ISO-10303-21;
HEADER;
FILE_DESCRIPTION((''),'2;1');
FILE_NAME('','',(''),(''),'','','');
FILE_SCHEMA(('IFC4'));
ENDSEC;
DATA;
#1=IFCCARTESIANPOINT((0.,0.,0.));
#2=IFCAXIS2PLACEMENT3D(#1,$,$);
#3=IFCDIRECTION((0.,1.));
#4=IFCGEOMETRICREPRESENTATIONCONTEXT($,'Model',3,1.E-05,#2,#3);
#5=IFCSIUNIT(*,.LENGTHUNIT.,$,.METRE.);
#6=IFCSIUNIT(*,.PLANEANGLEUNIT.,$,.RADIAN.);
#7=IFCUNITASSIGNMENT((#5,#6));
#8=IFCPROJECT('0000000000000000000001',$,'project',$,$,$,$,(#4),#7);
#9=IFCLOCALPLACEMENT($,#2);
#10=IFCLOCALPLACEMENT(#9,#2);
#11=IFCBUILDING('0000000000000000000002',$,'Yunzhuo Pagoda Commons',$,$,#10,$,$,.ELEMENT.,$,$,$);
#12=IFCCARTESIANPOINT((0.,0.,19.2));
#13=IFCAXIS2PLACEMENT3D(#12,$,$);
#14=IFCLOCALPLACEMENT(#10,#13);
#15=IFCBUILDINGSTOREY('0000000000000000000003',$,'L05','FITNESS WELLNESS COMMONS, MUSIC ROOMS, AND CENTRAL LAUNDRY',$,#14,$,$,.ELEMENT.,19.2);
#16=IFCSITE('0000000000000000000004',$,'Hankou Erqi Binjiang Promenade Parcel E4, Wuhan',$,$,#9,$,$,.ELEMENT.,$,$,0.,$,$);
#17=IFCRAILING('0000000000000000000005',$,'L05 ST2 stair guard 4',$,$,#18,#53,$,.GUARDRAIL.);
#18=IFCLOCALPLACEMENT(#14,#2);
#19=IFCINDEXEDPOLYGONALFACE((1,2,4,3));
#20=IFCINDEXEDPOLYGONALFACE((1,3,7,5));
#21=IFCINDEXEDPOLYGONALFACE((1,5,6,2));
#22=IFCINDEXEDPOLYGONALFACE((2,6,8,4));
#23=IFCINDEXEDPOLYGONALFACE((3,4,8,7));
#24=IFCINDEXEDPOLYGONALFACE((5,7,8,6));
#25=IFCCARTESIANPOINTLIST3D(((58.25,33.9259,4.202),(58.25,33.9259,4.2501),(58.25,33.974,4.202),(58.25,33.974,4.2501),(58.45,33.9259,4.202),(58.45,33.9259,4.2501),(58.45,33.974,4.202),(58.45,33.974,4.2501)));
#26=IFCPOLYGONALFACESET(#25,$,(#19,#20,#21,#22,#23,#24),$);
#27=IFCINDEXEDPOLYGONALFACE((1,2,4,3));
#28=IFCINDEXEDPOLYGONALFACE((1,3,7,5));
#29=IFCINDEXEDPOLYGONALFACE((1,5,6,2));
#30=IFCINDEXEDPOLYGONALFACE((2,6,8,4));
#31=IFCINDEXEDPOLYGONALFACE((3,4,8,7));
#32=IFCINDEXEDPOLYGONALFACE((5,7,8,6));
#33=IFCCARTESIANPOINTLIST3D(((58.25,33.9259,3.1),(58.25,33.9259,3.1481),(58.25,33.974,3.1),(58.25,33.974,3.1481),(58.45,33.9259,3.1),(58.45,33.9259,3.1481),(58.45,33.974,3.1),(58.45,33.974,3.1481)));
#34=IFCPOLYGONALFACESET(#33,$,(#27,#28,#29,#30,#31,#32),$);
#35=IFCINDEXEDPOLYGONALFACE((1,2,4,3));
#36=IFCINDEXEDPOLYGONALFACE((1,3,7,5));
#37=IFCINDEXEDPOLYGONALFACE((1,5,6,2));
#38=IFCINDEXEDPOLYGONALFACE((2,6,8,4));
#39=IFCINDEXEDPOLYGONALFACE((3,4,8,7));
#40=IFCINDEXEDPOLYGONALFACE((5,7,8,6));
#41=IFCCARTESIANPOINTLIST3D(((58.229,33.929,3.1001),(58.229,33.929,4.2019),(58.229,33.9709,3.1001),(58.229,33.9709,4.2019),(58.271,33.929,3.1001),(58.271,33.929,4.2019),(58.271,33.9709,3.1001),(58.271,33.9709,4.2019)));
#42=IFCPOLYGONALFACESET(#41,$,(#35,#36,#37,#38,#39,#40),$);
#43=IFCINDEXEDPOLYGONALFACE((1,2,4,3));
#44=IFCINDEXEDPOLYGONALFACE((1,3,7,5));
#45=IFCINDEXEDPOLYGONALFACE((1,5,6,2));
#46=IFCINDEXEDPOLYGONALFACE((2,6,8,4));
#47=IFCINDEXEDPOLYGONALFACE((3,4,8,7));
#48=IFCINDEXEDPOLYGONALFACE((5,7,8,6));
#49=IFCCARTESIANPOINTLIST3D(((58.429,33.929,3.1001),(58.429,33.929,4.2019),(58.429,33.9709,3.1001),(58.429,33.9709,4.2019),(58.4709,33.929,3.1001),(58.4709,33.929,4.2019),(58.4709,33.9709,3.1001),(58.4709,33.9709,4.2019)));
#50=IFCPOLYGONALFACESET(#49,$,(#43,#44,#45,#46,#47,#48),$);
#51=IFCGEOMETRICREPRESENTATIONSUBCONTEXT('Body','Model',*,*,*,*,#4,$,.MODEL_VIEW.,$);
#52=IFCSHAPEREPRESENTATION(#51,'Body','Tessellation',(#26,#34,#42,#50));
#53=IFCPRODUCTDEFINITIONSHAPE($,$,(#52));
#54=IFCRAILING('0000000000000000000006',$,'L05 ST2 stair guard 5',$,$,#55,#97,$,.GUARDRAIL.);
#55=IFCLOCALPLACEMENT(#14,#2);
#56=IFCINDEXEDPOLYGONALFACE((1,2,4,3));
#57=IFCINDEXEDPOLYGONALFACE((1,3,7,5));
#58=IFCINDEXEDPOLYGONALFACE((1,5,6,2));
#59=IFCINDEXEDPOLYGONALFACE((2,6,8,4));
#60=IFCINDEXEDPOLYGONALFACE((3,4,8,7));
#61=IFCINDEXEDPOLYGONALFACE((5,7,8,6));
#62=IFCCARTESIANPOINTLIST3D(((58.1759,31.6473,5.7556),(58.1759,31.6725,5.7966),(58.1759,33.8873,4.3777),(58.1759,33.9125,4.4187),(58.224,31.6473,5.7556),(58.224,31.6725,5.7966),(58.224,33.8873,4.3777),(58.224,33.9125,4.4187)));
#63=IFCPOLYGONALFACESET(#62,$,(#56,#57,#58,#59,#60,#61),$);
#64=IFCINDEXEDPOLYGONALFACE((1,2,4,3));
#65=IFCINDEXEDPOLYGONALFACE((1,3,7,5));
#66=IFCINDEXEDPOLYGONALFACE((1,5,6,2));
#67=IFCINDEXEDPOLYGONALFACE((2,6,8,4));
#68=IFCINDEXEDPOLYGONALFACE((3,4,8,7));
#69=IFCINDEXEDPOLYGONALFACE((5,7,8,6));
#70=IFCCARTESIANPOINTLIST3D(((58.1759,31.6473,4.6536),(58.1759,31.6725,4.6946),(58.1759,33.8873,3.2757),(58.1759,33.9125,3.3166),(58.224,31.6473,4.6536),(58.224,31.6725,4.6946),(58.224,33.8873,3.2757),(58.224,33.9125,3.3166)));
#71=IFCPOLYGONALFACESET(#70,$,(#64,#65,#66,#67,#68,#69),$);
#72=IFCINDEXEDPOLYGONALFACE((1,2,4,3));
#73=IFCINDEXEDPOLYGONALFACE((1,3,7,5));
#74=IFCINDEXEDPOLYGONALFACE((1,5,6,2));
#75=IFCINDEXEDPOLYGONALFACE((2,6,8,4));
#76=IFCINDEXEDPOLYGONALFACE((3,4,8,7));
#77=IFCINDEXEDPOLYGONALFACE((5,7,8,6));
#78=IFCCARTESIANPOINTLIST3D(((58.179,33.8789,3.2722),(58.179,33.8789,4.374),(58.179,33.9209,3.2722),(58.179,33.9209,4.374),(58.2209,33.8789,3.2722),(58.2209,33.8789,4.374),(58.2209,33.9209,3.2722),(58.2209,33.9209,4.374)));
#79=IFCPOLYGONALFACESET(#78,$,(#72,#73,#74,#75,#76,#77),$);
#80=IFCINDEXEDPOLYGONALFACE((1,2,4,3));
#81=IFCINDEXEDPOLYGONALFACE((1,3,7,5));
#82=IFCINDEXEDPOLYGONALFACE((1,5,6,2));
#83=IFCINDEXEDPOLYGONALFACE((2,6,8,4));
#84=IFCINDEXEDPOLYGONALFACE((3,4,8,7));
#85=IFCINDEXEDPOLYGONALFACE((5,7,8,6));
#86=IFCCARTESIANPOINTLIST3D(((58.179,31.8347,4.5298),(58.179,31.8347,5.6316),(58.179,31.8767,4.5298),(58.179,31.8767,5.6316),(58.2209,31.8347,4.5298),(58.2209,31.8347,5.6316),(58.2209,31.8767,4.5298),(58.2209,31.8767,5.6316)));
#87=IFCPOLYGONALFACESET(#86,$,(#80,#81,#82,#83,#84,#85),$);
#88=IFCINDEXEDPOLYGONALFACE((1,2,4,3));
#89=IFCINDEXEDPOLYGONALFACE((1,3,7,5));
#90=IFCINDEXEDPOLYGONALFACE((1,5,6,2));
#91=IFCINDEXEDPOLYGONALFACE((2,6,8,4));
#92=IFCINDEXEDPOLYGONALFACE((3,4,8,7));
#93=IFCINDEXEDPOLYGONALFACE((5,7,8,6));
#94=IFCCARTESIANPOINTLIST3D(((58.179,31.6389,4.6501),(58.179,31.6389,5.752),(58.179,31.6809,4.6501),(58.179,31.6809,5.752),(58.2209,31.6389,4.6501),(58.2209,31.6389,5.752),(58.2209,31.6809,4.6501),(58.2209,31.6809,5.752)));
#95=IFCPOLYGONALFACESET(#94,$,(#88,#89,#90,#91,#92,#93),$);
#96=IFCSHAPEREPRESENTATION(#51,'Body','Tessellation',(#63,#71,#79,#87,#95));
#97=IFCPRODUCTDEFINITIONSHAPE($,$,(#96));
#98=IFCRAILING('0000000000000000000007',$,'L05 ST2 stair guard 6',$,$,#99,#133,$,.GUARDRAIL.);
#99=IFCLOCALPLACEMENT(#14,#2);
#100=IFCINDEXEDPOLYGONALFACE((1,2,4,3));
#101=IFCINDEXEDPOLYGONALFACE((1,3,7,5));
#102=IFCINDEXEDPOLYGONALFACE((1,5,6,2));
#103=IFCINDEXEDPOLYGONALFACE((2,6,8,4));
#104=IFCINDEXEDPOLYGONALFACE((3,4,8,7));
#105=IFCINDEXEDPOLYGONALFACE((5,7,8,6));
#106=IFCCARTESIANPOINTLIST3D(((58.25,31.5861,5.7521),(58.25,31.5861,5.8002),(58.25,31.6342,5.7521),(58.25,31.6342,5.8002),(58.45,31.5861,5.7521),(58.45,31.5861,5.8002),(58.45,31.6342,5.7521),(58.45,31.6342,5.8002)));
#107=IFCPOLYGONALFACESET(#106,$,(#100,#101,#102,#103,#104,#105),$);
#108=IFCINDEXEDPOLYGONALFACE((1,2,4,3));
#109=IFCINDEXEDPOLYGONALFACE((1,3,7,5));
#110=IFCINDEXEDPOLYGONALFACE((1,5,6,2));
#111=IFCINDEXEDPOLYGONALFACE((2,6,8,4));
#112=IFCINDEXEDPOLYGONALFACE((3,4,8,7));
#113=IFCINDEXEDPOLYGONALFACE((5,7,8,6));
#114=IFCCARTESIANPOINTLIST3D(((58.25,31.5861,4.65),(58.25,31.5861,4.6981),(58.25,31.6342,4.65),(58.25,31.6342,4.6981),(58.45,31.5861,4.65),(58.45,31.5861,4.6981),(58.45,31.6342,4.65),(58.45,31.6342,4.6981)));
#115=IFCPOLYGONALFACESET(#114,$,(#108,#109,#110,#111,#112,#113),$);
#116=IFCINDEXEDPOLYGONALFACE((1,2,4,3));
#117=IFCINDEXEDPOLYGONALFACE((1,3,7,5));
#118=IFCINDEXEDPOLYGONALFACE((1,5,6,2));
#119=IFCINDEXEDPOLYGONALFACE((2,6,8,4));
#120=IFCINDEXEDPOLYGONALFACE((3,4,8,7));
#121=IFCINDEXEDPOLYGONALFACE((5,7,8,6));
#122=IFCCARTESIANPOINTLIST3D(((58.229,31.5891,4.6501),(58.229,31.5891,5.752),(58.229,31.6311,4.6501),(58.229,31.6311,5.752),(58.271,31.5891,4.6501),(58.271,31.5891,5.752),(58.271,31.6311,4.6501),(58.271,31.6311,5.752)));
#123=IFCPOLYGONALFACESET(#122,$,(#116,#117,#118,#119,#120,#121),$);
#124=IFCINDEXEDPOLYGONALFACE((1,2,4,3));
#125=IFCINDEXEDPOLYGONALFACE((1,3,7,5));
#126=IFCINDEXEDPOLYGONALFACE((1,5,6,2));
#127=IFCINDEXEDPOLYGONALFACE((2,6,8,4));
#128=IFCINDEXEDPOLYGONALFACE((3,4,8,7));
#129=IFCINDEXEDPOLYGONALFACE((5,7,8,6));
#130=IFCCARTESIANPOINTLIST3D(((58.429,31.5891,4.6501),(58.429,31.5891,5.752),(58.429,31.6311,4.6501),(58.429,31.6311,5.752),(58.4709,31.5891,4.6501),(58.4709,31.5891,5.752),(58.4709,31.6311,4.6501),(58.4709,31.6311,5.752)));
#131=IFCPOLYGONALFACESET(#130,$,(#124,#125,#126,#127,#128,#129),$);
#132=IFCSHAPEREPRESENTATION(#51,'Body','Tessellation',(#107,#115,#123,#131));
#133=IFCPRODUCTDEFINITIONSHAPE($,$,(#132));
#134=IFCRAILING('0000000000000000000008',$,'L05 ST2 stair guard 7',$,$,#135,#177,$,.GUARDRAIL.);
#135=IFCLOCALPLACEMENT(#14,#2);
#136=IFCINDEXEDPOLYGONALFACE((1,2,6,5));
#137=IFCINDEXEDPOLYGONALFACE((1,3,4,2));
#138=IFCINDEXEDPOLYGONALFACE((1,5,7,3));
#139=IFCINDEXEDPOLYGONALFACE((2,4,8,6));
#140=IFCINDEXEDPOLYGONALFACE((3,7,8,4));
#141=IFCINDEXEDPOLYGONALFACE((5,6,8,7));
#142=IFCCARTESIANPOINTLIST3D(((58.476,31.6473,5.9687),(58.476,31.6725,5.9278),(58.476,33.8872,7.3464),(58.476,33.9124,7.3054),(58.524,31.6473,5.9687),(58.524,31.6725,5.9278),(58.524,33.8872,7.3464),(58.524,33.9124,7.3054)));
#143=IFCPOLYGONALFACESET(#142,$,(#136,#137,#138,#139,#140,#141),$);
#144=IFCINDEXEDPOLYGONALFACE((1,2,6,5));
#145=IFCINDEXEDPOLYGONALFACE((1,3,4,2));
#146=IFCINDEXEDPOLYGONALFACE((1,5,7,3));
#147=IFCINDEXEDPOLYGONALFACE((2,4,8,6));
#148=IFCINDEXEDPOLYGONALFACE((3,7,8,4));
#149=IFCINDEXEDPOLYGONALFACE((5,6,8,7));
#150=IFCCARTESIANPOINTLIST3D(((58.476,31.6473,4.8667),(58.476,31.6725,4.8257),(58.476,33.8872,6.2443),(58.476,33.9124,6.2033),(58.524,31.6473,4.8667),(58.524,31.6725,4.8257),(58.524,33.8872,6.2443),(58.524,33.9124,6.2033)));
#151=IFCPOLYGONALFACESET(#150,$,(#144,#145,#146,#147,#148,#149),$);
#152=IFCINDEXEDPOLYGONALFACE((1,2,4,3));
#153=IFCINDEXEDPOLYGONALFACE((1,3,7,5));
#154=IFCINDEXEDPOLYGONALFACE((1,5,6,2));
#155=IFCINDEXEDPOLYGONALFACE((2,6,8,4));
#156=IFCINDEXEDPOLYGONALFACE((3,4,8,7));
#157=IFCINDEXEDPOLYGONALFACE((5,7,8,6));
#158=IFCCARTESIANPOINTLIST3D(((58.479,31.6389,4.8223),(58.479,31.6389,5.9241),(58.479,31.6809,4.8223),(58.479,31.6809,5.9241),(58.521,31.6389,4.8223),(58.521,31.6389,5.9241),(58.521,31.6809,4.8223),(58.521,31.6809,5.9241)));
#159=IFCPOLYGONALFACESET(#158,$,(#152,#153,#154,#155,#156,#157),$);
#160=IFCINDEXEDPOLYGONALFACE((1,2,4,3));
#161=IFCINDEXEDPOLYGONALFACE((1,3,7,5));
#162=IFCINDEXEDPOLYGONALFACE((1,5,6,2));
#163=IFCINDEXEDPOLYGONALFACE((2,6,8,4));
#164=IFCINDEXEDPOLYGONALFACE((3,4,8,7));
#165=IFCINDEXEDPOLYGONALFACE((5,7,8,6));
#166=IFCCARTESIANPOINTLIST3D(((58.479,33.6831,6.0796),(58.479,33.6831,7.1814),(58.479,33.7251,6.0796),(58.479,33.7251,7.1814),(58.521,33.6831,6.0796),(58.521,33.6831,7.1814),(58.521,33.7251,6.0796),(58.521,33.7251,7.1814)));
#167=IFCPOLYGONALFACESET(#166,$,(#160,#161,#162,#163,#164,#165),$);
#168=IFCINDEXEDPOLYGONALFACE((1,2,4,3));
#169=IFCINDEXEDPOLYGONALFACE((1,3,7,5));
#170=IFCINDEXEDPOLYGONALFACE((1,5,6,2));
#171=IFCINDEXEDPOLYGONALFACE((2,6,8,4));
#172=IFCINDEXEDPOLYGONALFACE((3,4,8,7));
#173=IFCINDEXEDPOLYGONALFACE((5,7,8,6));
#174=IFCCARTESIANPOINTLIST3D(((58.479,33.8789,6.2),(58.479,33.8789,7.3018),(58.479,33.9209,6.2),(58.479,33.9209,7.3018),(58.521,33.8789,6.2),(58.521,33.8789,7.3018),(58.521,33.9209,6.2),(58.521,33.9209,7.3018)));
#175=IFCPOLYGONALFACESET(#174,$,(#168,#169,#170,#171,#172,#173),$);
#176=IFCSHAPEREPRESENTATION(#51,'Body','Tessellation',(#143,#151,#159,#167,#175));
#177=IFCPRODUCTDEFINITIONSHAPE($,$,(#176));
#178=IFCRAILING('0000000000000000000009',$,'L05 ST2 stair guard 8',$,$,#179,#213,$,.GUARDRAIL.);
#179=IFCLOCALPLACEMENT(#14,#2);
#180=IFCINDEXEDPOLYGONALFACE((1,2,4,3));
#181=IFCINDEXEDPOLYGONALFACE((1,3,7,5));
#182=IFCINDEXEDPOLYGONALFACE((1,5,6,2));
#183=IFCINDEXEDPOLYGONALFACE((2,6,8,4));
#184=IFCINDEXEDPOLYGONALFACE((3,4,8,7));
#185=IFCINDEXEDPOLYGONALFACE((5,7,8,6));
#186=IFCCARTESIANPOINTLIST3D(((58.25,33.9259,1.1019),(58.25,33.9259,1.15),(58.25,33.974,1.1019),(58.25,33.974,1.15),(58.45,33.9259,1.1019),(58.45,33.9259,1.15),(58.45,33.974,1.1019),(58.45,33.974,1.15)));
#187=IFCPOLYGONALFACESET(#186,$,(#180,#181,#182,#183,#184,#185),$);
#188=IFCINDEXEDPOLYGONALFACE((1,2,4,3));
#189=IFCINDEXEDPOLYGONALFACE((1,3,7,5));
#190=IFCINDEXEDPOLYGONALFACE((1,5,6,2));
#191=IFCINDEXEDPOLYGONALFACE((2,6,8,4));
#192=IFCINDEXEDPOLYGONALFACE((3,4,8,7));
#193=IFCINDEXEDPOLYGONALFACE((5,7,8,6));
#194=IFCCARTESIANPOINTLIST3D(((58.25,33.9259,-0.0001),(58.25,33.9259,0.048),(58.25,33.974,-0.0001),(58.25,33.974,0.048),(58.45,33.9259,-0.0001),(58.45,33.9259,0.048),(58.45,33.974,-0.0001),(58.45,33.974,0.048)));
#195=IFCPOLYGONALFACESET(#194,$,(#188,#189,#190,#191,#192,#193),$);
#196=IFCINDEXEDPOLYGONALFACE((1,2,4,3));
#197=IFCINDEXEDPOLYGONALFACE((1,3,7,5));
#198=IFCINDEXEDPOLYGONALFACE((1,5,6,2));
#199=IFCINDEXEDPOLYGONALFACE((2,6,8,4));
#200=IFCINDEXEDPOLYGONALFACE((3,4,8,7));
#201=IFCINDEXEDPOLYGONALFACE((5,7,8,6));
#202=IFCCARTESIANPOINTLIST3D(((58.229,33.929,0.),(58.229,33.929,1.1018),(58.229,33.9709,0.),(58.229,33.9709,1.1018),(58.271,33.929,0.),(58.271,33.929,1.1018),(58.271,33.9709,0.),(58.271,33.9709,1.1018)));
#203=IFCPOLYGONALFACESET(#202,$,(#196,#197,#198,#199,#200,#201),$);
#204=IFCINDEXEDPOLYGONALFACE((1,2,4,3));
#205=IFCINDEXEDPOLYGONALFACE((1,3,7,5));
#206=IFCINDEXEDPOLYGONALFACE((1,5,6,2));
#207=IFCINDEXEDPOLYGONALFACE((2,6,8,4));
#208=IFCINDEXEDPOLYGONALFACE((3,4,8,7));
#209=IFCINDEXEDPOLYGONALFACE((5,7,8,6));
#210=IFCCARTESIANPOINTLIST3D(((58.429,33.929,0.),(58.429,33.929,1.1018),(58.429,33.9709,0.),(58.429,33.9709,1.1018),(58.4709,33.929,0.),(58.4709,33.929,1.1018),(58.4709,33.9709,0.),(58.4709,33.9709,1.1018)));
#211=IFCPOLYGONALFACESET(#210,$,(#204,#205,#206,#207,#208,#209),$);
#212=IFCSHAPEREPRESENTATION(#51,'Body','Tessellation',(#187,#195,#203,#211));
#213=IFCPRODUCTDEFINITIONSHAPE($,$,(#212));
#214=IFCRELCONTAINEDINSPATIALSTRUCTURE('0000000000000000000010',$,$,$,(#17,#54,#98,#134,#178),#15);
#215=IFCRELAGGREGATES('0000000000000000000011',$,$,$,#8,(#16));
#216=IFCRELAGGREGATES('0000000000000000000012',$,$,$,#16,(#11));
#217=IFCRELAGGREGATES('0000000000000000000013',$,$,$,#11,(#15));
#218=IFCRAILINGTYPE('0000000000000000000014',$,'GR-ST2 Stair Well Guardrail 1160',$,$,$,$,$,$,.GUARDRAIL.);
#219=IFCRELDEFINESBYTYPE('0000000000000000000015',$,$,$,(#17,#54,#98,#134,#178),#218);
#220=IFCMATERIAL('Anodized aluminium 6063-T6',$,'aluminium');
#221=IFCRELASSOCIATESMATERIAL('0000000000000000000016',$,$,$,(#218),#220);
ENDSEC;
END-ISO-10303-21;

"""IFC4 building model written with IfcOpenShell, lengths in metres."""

from ifc_helpers import new_model, si_unit, direction, frame, origin, origin_2d, place, context, subcontext, project, spatial, rectangle, extrude, material, type_object, element, save


model = new_model("IFC4")

# Units and contexts
model_context = context("Model", 3, precision=1e-05, world=origin(), true_north=direction((0.0, 1.0)))
body_context = subcontext(model_context, "Body", "Model", "MODEL_VIEW")
ifc_project = project(units=[si_unit("LENGTHUNIT", "METRE"), si_unit("PLANEANGLEUNIT", "RADIAN")], contexts=[model_context])

# Site, building, storey
site_placement = place(None, origin())
site = spatial("IfcSite", under=ifc_project, at=site_placement, Name="Hankou Erqi Binjiang Promenade Parcel E4, Wuhan", CompositionType="ELEMENT", RefElevation=0.0)
building_placement = place(site_placement, origin())
building = spatial("IfcBuilding", under=site, at=building_placement, Name="Yunzhuo Pagoda Commons", CompositionType="ELEMENT")
storey_placement = place(building_placement, frame((0.0, 0.0, 19.2)))
storey = spatial("IfcBuildingStorey", under=building, at=storey_placement, Name="L05", Description="FITNESS WELLNESS COMMONS, MUSIC ROOMS, AND CENTRAL LAUNDRY", CompositionType="ELEMENT", Elevation=19.2)

# Railings
ifc_material_1 = material(Name="Anodized aluminium 6063-T6", Category="aluminium")
railing_type_1 = type_object("IfcRailingType", Name="GR-ST2 Stair Well Guardrail 1160", PredefinedType="GUARDRAIL", material=ifc_material_1)
railing_1_placement = place(storey_placement, frame((58.25, 33.95, 3.1001)))
element("IfcRailing", 1, at=railing_1_placement, inside=storey, type_object=railing_type_1, Name="L05 ST2 stair guard 4", PredefinedType="GUARDRAIL", context=body_context, shape_type="SweptSolid", body=[
    extrude(rectangle(XDim=0.0481, YDim=0.0481, at=origin_2d()), frame((0.0, 0.0, 1.126), z_axis=(1.0, 0.0, 0.0), x_axis=(0.0, 1.0, 0.0)), (0.0, 0.0, 1.0), 0.2),
    extrude(rectangle(XDim=0.0481, YDim=0.0481, at=origin_2d()), frame((0.0, 0.0, 0.0239), z_axis=(1.0, 0.0, 0.0), x_axis=(0.0, 1.0, 0.0)), (0.0, 0.0, 1.0), 0.2),
    extrude(rectangle(XDim=0.042, YDim=0.042, at=origin_2d()), origin(), (0.0, 0.0, 1.0), 1.1018),
    extrude(rectangle(XDim=0.042, YDim=0.042, at=origin_2d()), frame((0.2, 0.0, 0.0)), (0.0, 0.0, 1.0), 1.1018),
])
railing_2_placement = place(storey_placement, frame((58.2, 33.8999, 3.2722)))
element("IfcRailing", 2, at=railing_2_placement, inside=storey, type_object=railing_type_1, Name="L05 ST2 stair guard 5", PredefinedType="GUARDRAIL", context=body_context, shape_type="SweptSolid", body=[
    extrude(rectangle(XDim=0.0481, YDim=0.0481, at=origin_2d()), frame((0.0, 0.0, 1.126), z_axis=(0.0, -0.851748, 0.523952), x_axis=(1.0, 0.0, 0.0)), (0.0, 0.0, 1.0), 2.6299),
    extrude(rectangle(XDim=0.0481, YDim=0.0481, at=origin_2d()), frame((0.0, 0.0, 0.0239), z_axis=(0.0, -0.851748, 0.523952), x_axis=(1.0, 0.0, 0.0)), (0.0, 0.0, 1.0), 2.6299),
    extrude(rectangle(XDim=0.042, YDim=0.042, at=origin_2d()), origin(), (0.0, 0.0, 1.0), 1.1018),
    extrude(rectangle(XDim=0.042, YDim=0.042, at=origin_2d()), frame((0.0, -2.0442, 1.2576)), (0.0, 0.0, 1.0), 1.1018),
    extrude(rectangle(XDim=0.042, YDim=0.042, at=origin_2d()), frame((0.0, -2.24, 1.3779)), (0.0, 0.0, 1.0), 1.1018),
])
railing_3_placement = place(storey_placement, frame((58.25, 31.6101, 4.6501)))
element("IfcRailing", 3, at=railing_3_placement, inside=storey, type_object=railing_type_1, Name="L05 ST2 stair guard 6", PredefinedType="GUARDRAIL", context=body_context, shape_type="SweptSolid", body=[
    extrude(rectangle(XDim=0.0481, YDim=0.0481, at=origin_2d()), frame((0.0, 0.0, 1.126), z_axis=(1.0, 0.0, 0.0), x_axis=(0.0, 1.0, 0.0)), (0.0, 0.0, 1.0), 0.2),
    extrude(rectangle(XDim=0.0481, YDim=0.0481, at=origin_2d()), frame((0.0, 0.0, 0.0239), z_axis=(1.0, 0.0, 0.0), x_axis=(0.0, 1.0, 0.0)), (0.0, 0.0, 1.0), 0.2),
    extrude(rectangle(XDim=0.042, YDim=0.042, at=origin_2d()), origin(), (0.0, 0.0, 1.0), 1.1018),
    extrude(rectangle(XDim=0.042, YDim=0.042, at=origin_2d()), frame((0.2, 0.0, 0.0)), (0.0, 0.0, 1.0), 1.1018),
])
railing_4_placement = place(storey_placement, frame((58.5, 31.6599, 4.8223)))
element("IfcRailing", 4, at=railing_4_placement, inside=storey, type_object=railing_type_1, Name="L05 ST2 stair guard 7", PredefinedType="GUARDRAIL", context=body_context, shape_type="SweptSolid", body=[
    extrude(rectangle(XDim=0.0481, YDim=0.0481, at=origin_2d()), frame((0.0, 0.0, 1.126), z_axis=(0.0, 0.851789, 0.523885), x_axis=(-1.0, 0.0, 0.0)), (0.0, 0.0, 1.0), 2.6296),
    extrude(rectangle(XDim=0.0481, YDim=0.0481, at=origin_2d()), frame((0.0, 0.0, 0.0239), z_axis=(0.0, 0.851789, 0.523885), x_axis=(-1.0, 0.0, 0.0)), (0.0, 0.0, 1.0), 2.6296),
    extrude(rectangle(XDim=0.042, YDim=0.042, at=origin_2d()), origin(), (0.0, 0.0, 1.0), 1.1018),
    extrude(rectangle(XDim=0.042, YDim=0.042, at=origin_2d()), frame((0.0, 2.0442, 1.2573)), (0.0, 0.0, 1.0), 1.1018),
    extrude(rectangle(XDim=0.042, YDim=0.042, at=origin_2d()), frame((0.0, 2.24, 1.3777)), (0.0, 0.0, 1.0), 1.1018),
])
railing_5_placement = place(storey_placement, frame((58.25, 33.95, 0.0)))
element("IfcRailing", 5, at=railing_5_placement, inside=storey, type_object=railing_type_1, Name="L05 ST2 stair guard 8", PredefinedType="GUARDRAIL", context=body_context, shape_type="SweptSolid", body=[
    extrude(rectangle(XDim=0.0481, YDim=0.0481, at=origin_2d()), frame((0.0, 0.0, 1.126), z_axis=(1.0, 0.0, 0.0), x_axis=(0.0, 1.0, 0.0)), (0.0, 0.0, 1.0), 0.2),
    extrude(rectangle(XDim=0.0481, YDim=0.0481, at=origin_2d()), frame((0.0, 0.0, 0.0239), z_axis=(1.0, 0.0, 0.0), x_axis=(0.0, 1.0, 0.0)), (0.0, 0.0, 1.0), 0.2),
    extrude(rectangle(XDim=0.042, YDim=0.042, at=origin_2d()), origin(), (0.0, 0.0, 1.0), 1.1018),
    extrude(rectangle(XDim=0.042, YDim=0.042, at=origin_2d()), frame((0.2, 0.0, 0.0)), (0.0, 0.0, 1.0), 1.1018),
])

save(model, "model.ifc")
